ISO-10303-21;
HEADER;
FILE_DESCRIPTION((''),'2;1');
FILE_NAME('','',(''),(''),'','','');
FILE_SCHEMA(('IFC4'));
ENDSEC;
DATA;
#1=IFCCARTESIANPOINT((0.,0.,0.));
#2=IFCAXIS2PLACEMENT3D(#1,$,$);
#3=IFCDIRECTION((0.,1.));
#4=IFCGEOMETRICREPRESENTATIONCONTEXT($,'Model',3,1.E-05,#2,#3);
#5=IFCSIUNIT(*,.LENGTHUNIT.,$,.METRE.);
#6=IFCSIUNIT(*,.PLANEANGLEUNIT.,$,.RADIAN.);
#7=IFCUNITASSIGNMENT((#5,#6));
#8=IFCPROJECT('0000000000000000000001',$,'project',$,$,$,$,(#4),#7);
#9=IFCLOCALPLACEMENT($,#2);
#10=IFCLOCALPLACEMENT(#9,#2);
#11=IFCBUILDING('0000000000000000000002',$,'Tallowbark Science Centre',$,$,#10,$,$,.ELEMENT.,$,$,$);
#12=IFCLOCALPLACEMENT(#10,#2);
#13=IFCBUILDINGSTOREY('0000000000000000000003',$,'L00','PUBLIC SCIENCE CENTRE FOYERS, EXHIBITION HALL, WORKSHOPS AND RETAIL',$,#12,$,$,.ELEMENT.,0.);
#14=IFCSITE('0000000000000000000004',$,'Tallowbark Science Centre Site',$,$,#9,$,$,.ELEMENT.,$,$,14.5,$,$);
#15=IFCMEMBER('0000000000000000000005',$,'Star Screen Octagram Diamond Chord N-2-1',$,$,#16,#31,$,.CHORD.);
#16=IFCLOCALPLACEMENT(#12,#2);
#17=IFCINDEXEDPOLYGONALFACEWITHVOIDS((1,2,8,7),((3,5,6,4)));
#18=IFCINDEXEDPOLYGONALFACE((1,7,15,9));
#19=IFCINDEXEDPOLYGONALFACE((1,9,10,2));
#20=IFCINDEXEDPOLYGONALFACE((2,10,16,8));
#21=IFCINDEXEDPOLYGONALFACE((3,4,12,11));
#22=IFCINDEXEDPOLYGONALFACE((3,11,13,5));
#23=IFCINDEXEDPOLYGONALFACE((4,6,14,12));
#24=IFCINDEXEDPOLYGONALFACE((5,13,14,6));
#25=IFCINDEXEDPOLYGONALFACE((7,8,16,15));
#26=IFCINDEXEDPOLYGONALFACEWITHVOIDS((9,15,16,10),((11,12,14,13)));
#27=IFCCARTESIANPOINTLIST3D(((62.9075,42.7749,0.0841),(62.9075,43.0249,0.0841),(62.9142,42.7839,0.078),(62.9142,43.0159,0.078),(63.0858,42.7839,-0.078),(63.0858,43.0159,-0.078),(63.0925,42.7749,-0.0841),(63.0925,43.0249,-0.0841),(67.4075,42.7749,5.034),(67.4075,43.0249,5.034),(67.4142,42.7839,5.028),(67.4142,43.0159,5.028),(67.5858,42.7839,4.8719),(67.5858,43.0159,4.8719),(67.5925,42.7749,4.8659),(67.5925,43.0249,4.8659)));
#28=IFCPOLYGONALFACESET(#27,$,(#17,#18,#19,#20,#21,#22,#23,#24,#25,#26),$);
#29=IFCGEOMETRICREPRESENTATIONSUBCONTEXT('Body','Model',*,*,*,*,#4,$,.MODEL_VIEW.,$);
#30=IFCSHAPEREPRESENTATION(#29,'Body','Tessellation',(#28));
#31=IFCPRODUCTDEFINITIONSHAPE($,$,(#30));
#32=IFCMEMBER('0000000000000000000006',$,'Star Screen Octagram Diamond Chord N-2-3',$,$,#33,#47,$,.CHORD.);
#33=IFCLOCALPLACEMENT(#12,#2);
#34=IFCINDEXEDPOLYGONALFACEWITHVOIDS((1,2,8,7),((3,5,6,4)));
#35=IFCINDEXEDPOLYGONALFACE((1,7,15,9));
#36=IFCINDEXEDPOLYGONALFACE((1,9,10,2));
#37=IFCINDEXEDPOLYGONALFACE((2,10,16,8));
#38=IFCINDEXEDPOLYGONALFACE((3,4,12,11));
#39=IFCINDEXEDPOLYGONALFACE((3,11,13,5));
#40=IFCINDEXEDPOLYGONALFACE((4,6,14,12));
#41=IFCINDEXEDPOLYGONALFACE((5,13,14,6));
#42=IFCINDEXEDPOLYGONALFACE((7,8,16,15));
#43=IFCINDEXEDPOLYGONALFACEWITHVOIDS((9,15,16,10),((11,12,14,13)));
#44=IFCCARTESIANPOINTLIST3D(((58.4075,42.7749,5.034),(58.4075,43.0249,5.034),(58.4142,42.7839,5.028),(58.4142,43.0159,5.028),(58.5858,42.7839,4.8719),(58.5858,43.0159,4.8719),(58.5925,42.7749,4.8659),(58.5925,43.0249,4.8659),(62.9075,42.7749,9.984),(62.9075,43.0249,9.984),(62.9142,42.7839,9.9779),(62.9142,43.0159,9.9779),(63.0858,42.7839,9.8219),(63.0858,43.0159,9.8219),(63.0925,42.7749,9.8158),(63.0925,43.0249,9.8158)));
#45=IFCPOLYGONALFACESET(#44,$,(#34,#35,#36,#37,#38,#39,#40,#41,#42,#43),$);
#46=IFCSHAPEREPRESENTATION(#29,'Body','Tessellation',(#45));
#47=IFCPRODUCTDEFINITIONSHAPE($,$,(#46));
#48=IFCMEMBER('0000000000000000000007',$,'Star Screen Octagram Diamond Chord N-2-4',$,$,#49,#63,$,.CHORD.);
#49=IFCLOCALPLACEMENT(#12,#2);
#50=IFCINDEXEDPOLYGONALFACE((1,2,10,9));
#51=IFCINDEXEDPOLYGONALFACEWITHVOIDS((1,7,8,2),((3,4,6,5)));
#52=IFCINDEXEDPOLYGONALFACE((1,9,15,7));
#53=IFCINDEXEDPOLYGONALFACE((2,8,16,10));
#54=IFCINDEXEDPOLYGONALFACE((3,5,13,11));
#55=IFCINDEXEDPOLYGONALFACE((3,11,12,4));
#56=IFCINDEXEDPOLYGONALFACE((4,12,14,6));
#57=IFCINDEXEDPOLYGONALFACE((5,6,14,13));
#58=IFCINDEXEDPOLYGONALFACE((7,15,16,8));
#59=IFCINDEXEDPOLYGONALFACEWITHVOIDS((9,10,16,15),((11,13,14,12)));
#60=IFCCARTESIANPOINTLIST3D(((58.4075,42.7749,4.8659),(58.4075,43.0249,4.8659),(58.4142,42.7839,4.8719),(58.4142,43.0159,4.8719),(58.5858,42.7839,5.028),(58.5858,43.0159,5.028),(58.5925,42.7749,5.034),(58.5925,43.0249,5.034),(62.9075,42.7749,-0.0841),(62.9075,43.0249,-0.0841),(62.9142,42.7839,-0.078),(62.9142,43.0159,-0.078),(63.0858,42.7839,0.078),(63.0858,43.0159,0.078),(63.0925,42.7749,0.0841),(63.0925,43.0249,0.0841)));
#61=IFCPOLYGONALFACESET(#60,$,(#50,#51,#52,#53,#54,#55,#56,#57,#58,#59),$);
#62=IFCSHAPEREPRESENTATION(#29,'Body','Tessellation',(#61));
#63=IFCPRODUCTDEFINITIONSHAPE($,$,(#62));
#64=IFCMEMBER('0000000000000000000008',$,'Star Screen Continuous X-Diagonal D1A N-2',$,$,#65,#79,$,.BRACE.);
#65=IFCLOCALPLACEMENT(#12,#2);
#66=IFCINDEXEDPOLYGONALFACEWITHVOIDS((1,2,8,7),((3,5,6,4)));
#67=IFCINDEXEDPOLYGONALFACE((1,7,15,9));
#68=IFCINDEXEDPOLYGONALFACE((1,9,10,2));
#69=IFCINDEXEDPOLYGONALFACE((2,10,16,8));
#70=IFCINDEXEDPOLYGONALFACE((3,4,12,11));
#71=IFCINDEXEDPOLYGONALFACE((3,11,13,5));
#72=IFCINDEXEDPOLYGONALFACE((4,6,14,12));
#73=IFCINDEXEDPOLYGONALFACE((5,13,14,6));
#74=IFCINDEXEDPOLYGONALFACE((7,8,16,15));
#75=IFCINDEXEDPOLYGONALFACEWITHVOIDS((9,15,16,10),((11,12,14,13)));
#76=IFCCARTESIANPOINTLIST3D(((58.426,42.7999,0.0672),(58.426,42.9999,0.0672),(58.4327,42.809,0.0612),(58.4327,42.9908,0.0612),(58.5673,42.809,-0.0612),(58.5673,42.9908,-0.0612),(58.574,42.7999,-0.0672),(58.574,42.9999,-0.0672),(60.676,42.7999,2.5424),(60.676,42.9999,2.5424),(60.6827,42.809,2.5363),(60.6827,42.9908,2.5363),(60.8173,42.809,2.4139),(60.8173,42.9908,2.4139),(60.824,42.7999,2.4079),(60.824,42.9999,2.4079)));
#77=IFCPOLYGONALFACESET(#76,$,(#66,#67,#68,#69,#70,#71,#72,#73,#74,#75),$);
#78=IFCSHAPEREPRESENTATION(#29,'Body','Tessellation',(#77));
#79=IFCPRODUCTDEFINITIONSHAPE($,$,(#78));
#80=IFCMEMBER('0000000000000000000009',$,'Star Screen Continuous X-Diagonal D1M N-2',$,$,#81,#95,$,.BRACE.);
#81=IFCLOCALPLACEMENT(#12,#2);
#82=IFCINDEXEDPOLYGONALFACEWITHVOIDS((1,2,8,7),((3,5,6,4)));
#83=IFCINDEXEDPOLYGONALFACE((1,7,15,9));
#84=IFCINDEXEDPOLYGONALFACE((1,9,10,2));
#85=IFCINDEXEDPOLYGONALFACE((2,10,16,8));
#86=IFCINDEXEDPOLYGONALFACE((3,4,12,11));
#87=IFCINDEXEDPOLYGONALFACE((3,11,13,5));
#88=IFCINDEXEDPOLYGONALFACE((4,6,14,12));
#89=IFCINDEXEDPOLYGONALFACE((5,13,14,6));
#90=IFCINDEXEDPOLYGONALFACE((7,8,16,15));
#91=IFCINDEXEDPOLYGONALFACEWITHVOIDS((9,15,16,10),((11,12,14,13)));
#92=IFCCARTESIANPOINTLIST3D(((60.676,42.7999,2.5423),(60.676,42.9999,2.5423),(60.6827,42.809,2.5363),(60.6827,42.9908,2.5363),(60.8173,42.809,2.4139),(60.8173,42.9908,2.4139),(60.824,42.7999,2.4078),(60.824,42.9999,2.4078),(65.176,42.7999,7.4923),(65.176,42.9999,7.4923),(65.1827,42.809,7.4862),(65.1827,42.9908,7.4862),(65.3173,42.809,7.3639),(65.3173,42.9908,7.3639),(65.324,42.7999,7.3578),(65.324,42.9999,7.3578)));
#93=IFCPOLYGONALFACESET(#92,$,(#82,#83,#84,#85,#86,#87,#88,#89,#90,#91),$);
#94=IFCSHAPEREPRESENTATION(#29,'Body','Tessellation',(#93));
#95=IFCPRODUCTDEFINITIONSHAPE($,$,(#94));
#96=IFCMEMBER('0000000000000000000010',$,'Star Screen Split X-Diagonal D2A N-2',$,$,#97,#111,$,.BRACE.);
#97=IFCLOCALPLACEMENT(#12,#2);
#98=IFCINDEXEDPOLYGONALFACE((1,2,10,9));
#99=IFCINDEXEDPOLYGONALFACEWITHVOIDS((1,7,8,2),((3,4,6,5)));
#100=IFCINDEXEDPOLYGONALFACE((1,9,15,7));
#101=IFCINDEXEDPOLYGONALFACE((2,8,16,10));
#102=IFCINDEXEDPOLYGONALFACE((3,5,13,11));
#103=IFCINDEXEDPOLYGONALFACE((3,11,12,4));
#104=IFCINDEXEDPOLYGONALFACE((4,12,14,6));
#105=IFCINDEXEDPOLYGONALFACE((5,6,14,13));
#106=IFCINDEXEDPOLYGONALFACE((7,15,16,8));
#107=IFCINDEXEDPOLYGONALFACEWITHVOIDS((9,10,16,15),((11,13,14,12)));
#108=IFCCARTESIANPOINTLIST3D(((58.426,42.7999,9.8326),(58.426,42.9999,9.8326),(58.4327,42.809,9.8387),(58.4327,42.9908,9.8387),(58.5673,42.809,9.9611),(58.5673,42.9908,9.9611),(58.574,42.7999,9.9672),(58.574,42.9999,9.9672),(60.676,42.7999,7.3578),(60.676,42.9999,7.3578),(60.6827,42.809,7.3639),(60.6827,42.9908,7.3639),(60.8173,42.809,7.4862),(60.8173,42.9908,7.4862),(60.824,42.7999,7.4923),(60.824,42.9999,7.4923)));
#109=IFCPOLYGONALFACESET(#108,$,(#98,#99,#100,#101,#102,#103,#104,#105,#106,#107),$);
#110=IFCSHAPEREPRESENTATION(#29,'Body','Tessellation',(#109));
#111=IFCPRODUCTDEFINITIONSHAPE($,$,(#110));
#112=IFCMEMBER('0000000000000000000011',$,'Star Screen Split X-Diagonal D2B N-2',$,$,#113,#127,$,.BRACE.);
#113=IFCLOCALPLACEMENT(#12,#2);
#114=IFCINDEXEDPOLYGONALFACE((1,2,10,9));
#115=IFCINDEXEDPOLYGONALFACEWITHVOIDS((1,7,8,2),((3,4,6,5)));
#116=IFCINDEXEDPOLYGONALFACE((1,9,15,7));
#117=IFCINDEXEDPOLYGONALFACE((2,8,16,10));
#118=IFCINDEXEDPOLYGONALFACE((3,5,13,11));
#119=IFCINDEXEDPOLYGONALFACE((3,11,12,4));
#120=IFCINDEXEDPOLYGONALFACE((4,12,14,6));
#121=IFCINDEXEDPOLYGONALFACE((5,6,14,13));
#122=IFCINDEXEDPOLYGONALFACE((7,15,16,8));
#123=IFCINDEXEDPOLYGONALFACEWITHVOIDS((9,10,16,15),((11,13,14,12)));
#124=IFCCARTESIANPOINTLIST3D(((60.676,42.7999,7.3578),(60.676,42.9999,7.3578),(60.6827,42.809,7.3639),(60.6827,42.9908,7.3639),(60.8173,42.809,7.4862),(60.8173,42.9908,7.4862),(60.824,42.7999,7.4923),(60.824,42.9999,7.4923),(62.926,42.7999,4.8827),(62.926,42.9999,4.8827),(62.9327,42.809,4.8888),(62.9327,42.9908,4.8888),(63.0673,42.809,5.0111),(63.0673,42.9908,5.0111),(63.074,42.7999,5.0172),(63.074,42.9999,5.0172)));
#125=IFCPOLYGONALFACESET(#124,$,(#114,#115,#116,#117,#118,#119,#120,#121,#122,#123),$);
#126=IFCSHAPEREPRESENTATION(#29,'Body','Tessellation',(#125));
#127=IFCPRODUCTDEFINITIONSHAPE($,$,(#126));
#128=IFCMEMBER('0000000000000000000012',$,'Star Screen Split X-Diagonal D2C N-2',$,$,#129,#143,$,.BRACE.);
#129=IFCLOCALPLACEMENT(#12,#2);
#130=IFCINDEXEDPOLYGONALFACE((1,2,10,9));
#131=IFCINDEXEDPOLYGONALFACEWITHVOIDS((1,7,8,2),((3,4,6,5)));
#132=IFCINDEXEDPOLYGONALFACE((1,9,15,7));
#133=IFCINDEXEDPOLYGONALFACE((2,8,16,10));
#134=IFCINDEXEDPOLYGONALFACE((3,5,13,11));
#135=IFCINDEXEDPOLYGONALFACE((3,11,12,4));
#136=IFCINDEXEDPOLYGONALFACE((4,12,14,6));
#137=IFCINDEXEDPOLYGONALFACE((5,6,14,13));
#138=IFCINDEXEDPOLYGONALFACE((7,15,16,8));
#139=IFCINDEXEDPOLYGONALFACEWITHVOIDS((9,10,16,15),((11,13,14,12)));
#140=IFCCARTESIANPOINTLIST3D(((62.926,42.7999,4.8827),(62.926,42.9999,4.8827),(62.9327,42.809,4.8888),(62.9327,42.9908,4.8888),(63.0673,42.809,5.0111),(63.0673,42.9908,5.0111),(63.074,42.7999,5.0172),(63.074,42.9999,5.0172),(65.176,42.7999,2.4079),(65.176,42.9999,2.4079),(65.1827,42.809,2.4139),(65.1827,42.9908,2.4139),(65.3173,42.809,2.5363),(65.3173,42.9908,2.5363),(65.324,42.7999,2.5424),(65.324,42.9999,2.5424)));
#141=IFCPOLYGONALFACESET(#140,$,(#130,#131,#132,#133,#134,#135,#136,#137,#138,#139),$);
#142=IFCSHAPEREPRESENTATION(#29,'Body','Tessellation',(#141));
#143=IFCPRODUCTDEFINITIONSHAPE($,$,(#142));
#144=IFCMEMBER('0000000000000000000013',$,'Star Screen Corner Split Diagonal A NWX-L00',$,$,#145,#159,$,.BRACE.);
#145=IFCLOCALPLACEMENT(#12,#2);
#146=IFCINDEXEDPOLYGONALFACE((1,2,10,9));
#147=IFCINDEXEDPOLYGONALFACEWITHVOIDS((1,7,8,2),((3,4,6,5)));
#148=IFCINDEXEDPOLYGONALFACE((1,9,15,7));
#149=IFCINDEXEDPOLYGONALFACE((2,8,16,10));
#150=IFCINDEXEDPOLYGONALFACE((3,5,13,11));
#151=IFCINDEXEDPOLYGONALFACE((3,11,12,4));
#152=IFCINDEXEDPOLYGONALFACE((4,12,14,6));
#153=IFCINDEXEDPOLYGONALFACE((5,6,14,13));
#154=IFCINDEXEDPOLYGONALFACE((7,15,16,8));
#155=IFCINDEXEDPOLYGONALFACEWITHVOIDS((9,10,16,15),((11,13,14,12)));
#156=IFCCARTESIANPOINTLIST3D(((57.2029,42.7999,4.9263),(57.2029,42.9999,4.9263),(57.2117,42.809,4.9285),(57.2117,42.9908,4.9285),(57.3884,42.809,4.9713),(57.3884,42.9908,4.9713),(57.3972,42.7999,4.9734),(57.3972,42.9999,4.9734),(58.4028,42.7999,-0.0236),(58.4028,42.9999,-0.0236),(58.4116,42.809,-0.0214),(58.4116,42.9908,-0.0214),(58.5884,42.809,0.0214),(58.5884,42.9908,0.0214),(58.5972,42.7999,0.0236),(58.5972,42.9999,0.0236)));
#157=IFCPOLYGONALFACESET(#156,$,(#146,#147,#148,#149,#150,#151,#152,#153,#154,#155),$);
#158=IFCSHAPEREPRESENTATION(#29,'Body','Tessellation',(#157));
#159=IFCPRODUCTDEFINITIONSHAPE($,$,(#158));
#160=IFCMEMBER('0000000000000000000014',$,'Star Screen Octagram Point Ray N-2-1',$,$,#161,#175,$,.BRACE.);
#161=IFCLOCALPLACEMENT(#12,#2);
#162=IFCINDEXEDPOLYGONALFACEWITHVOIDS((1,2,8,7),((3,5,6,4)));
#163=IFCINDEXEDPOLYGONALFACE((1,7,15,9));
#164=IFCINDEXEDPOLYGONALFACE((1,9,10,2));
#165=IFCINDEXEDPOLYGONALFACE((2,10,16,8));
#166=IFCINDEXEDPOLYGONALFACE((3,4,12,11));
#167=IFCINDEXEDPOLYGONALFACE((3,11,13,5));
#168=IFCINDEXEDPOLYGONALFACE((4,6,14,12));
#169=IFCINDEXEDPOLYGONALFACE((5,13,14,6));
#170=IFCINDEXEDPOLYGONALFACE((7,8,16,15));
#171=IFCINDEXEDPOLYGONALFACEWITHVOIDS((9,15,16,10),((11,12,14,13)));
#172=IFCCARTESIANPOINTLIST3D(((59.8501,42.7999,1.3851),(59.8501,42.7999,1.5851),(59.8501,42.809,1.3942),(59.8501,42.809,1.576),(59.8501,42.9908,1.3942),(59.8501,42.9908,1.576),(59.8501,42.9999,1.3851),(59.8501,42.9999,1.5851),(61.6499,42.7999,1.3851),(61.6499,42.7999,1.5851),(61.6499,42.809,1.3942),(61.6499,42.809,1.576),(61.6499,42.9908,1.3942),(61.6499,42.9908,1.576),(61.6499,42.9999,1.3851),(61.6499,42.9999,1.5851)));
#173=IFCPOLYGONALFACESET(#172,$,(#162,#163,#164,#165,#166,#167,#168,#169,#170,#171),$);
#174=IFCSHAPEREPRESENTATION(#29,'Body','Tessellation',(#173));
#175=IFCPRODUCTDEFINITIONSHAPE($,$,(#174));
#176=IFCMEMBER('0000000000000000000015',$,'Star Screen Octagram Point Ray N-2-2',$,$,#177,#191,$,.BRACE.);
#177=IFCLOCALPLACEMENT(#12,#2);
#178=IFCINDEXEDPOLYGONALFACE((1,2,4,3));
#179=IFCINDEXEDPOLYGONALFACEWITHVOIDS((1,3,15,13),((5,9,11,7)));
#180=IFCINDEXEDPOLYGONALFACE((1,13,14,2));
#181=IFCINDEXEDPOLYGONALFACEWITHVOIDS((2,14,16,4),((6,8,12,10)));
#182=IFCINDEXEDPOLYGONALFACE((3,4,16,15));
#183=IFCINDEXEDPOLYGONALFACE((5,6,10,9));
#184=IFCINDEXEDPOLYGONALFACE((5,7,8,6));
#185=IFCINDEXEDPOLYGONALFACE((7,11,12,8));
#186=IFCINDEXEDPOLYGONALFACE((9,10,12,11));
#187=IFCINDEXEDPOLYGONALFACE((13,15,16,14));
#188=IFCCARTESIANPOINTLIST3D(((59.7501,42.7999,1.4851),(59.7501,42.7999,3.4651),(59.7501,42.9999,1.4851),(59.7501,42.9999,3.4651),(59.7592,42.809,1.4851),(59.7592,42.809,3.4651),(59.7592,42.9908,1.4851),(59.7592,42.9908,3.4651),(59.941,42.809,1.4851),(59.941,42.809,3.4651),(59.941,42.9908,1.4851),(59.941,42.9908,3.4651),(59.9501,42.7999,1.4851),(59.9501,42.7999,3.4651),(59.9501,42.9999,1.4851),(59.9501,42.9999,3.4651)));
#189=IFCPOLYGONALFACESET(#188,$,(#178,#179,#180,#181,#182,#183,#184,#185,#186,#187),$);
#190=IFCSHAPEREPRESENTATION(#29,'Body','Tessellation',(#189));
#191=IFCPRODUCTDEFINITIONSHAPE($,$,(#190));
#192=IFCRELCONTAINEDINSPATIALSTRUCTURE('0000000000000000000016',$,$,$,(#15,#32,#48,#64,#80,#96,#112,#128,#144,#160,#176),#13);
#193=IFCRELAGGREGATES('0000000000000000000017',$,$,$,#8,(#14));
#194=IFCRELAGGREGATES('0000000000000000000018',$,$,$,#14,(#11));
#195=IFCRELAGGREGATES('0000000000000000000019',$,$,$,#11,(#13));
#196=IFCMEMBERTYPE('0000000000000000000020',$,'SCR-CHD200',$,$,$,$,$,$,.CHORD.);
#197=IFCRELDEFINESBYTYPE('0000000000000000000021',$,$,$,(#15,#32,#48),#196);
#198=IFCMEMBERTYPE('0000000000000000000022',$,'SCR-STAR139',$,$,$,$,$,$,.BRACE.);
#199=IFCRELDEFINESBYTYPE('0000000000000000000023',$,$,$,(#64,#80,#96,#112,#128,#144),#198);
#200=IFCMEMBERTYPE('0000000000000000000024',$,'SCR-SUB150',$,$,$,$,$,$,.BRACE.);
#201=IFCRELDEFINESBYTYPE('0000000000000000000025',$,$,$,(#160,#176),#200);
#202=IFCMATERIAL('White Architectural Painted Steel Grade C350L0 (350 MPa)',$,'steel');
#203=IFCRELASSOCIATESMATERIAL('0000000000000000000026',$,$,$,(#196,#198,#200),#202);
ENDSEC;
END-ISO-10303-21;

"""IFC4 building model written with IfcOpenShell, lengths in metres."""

from ifc_helpers import new_model, si_unit, direction, frame, origin, origin_2d, place, context, subcontext, project, spatial, hollow_rectangle, extrude, material, material_profile, profile_set, type_object, element, save


model = new_model("IFC4")

# Units and contexts
model_context = context("Model", 3, precision=1e-05, world=origin(), true_north=direction((0.0, 1.0)))
body_context = subcontext(model_context, "Body", "Model", "MODEL_VIEW")
ifc_project = project(units=[si_unit("LENGTHUNIT", "METRE"), si_unit("PLANEANGLEUNIT", "RADIAN")], contexts=[model_context])

# Site, building, storey
site_placement = place(None, origin())
site = spatial("IfcSite", under=ifc_project, at=site_placement, Name="Tallowbark Science Centre Site", CompositionType="ELEMENT", RefElevation=14.5)
building_placement = place(site_placement, origin())
building = spatial("IfcBuilding", under=site, at=building_placement, Name="Tallowbark Science Centre", CompositionType="ELEMENT")
storey_placement = place(building_placement, origin())
storey = spatial("IfcBuildingStorey", under=building, at=storey_placement, Name="L00", Description="PUBLIC SCIENCE CENTRE FOYERS, EXHIBITION HALL, WORKSHOPS AND RETAIL", CompositionType="ELEMENT", Elevation=0.0)

# Shared definitions
ifc_material_1 = material(Name="White Architectural Painted Steel Grade C350L0 (350 MPa)", Category="steel")

# Members
ifc_material_profile_1 = material_profile(ifc_material_1, hollow_rectangle(XDim=0.25, YDim=0.25, WallThickness=0.009, at=origin_2d()), Name="250x250x9.0SHS")
ifc_profile_set_1 = profile_set([ifc_material_profile_1], Name="White Architectural Painted Steel Grade C350L0 (350 MPa)")
member_type_1 = type_object("IfcMemberType", Name="SCR-CHD200", PredefinedType="CHORD", material=ifc_profile_set_1)
for number, where, z_axis, x_axis, name in (
    (1, (63.0, 42.8999, 0.0), (0.672676, 0.0, 0.739937), (0.0, 1.0, 0.0), "Star Screen Octagram Diamond Chord N-2-1"),
    (2, (63.0, 42.8999, 9.8999), (-0.672676, 0.0, -0.739937), (0.0, -1.0, 0.0), "Star Screen Octagram Diamond Chord N-2-3"),
    (3, (58.5, 42.8999, 4.95), (0.672676, 0.0, -0.739937), (0.0, 1.0, 0.0), "Star Screen Octagram Diamond Chord N-2-4"),
):
    element("IfcMember", number, at=place(storey_placement, frame(where, z_axis=z_axis, x_axis=x_axis)), inside=storey, type_object=member_type_1, Name=name, PredefinedType="CHORD", context=body_context, shape_type="SweptSolid", body=[
        extrude(hollow_rectangle(XDim=0.25, YDim=0.25, WallThickness=0.009, at=origin_2d()), origin(), (0.0, 0.0, 1.0), 6.6897),
    ])
ifc_material_profile_2 = material_profile(ifc_material_1, hollow_rectangle(XDim=0.2, YDim=0.2, WallThickness=0.009, at=origin_2d()), Name="200x200x9.0SHS")
ifc_profile_set_2 = profile_set([ifc_material_profile_2], Name="White Architectural Painted Steel Grade C350L0 (350 MPa)")
member_type_2 = type_object("IfcMemberType", Name="SCR-STAR139", PredefinedType="BRACE", material=ifc_profile_set_2)
member_1_placement = place(storey_placement, frame((58.5, 42.8999, 0.0), z_axis=(0.672658, 0.0, 0.739953), x_axis=(0.0, 1.0, 0.0)))
element("IfcMember", 4, at=member_1_placement, inside=storey, type_object=member_type_2, Name="Star Screen Continuous X-Diagonal D1A N-2", PredefinedType="BRACE", context=body_context, shape_type="SweptSolid", body=[
    extrude(hollow_rectangle(XDim=0.2, YDim=0.2, WallThickness=0.009, at=origin_2d()), origin(), (0.0, 0.0, 1.0), 3.345),
])
member_2_placement = place(storey_placement, frame((60.75, 42.8999, 2.4751), z_axis=(0.672676, 0.0, 0.739937), x_axis=(0.0, 1.0, 0.0)))
element("IfcMember", 5, at=member_2_placement, inside=storey, type_object=member_type_2, Name="Star Screen Continuous X-Diagonal D1M N-2", PredefinedType="BRACE", context=body_context, shape_type="SweptSolid", body=[
    extrude(hollow_rectangle(XDim=0.2, YDim=0.2, WallThickness=0.009, at=origin_2d()), origin(), (0.0, 0.0, 1.0), 6.6897),
])
member_3_placement = place(storey_placement, frame((58.5, 42.8999, 9.8999), z_axis=(0.672695, 0.0, -0.73992), x_axis=(0.0, 1.0, 0.0)))
element("IfcMember", 6, at=member_3_placement, inside=storey, type_object=member_type_2, Name="Star Screen Split X-Diagonal D2A N-2", PredefinedType="BRACE", context=body_context, shape_type="SweptSolid", body=[
    extrude(hollow_rectangle(XDim=0.2, YDim=0.2, WallThickness=0.009, at=origin_2d()), origin(), (0.0, 0.0, 1.0), 3.3447),
])
member_4_placement = place(storey_placement, frame((60.75, 42.8999, 7.425), z_axis=(0.672658, 0.0, -0.739953), x_axis=(0.0, 1.0, 0.0)))
element("IfcMember", 7, at=member_4_placement, inside=storey, type_object=member_type_2, Name="Star Screen Split X-Diagonal D2B N-2", PredefinedType="BRACE", context=body_context, shape_type="SweptSolid", body=[
    extrude(hollow_rectangle(XDim=0.2, YDim=0.2, WallThickness=0.009, at=origin_2d()), origin(), (0.0, 0.0, 1.0), 3.345),
])
member_5_placement = place(storey_placement, frame((63.0, 42.8999, 4.95), z_axis=(0.672695, 0.0, -0.73992), x_axis=(0.0, 1.0, 0.0)))
element("IfcMember", 8, at=member_5_placement, inside=storey, type_object=member_type_2, Name="Star Screen Split X-Diagonal D2C N-2", PredefinedType="BRACE", context=body_context, shape_type="SweptSolid", body=[
    extrude(hollow_rectangle(XDim=0.2, YDim=0.2, WallThickness=0.009, at=origin_2d()), origin(), (0.0, 0.0, 1.0), 3.3447),
])
member_6_placement = place(storey_placement, frame((58.5, 42.8999, 0.0), z_axis=(-0.235593, 0.0, 0.971852), x_axis=(0.0, -1.0, 0.0)))
element("IfcMember", 9, at=member_6_placement, inside=storey, type_object=member_type_2, Name="Star Screen Corner Split Diagonal A NWX-L00", PredefinedType="BRACE", context=body_context, shape_type="SweptSolid", body=[
    extrude(hollow_rectangle(XDim=0.2, YDim=0.2, WallThickness=0.009, at=origin_2d()), origin(), (0.0, 0.0, 1.0), 5.0933),
])
ifc_material_profile_3 = material_profile(ifc_material_1, hollow_rectangle(XDim=0.2, YDim=0.2, WallThickness=0.009, at=origin_2d()), Name="200x200x9.0SHS")
ifc_profile_set_3 = profile_set([ifc_material_profile_3], Name="White Architectural Painted Steel Grade C350L0 (350 MPa)")
member_type_3 = type_object("IfcMemberType", Name="SCR-SUB150", PredefinedType="BRACE", material=ifc_profile_set_3)
member_7_placement = place(storey_placement, frame((59.8501, 42.8999, 1.4851), z_axis=(1.0, 0.0, 0.0), x_axis=(0.0, 1.0, 0.0)))
element("IfcMember", 10, at=member_7_placement, inside=storey, type_object=member_type_3, Name="Star Screen Octagram Point Ray N-2-1", PredefinedType="BRACE", context=body_context, shape_type="SweptSolid", body=[
    extrude(hollow_rectangle(XDim=0.2, YDim=0.2, WallThickness=0.009, at=origin_2d()), origin(), (0.0, 0.0, 1.0), 1.7998),
])
member_8_placement = place(storey_placement, frame((59.8501, 42.8999, 1.4851), z_axis=(0.0, 0.0, 1.0), x_axis=(1.0, 0.0, 0.0)))
element("IfcMember", 11, at=member_8_placement, inside=storey, type_object=member_type_3, Name="Star Screen Octagram Point Ray N-2-2", PredefinedType="BRACE", context=body_context, shape_type="SweptSolid", body=[
    extrude(hollow_rectangle(XDim=0.2, YDim=0.2, WallThickness=0.009, at=origin_2d()), origin(), (0.0, 0.0, 1.0), 1.98),
])

save(model, "model.ifc")
